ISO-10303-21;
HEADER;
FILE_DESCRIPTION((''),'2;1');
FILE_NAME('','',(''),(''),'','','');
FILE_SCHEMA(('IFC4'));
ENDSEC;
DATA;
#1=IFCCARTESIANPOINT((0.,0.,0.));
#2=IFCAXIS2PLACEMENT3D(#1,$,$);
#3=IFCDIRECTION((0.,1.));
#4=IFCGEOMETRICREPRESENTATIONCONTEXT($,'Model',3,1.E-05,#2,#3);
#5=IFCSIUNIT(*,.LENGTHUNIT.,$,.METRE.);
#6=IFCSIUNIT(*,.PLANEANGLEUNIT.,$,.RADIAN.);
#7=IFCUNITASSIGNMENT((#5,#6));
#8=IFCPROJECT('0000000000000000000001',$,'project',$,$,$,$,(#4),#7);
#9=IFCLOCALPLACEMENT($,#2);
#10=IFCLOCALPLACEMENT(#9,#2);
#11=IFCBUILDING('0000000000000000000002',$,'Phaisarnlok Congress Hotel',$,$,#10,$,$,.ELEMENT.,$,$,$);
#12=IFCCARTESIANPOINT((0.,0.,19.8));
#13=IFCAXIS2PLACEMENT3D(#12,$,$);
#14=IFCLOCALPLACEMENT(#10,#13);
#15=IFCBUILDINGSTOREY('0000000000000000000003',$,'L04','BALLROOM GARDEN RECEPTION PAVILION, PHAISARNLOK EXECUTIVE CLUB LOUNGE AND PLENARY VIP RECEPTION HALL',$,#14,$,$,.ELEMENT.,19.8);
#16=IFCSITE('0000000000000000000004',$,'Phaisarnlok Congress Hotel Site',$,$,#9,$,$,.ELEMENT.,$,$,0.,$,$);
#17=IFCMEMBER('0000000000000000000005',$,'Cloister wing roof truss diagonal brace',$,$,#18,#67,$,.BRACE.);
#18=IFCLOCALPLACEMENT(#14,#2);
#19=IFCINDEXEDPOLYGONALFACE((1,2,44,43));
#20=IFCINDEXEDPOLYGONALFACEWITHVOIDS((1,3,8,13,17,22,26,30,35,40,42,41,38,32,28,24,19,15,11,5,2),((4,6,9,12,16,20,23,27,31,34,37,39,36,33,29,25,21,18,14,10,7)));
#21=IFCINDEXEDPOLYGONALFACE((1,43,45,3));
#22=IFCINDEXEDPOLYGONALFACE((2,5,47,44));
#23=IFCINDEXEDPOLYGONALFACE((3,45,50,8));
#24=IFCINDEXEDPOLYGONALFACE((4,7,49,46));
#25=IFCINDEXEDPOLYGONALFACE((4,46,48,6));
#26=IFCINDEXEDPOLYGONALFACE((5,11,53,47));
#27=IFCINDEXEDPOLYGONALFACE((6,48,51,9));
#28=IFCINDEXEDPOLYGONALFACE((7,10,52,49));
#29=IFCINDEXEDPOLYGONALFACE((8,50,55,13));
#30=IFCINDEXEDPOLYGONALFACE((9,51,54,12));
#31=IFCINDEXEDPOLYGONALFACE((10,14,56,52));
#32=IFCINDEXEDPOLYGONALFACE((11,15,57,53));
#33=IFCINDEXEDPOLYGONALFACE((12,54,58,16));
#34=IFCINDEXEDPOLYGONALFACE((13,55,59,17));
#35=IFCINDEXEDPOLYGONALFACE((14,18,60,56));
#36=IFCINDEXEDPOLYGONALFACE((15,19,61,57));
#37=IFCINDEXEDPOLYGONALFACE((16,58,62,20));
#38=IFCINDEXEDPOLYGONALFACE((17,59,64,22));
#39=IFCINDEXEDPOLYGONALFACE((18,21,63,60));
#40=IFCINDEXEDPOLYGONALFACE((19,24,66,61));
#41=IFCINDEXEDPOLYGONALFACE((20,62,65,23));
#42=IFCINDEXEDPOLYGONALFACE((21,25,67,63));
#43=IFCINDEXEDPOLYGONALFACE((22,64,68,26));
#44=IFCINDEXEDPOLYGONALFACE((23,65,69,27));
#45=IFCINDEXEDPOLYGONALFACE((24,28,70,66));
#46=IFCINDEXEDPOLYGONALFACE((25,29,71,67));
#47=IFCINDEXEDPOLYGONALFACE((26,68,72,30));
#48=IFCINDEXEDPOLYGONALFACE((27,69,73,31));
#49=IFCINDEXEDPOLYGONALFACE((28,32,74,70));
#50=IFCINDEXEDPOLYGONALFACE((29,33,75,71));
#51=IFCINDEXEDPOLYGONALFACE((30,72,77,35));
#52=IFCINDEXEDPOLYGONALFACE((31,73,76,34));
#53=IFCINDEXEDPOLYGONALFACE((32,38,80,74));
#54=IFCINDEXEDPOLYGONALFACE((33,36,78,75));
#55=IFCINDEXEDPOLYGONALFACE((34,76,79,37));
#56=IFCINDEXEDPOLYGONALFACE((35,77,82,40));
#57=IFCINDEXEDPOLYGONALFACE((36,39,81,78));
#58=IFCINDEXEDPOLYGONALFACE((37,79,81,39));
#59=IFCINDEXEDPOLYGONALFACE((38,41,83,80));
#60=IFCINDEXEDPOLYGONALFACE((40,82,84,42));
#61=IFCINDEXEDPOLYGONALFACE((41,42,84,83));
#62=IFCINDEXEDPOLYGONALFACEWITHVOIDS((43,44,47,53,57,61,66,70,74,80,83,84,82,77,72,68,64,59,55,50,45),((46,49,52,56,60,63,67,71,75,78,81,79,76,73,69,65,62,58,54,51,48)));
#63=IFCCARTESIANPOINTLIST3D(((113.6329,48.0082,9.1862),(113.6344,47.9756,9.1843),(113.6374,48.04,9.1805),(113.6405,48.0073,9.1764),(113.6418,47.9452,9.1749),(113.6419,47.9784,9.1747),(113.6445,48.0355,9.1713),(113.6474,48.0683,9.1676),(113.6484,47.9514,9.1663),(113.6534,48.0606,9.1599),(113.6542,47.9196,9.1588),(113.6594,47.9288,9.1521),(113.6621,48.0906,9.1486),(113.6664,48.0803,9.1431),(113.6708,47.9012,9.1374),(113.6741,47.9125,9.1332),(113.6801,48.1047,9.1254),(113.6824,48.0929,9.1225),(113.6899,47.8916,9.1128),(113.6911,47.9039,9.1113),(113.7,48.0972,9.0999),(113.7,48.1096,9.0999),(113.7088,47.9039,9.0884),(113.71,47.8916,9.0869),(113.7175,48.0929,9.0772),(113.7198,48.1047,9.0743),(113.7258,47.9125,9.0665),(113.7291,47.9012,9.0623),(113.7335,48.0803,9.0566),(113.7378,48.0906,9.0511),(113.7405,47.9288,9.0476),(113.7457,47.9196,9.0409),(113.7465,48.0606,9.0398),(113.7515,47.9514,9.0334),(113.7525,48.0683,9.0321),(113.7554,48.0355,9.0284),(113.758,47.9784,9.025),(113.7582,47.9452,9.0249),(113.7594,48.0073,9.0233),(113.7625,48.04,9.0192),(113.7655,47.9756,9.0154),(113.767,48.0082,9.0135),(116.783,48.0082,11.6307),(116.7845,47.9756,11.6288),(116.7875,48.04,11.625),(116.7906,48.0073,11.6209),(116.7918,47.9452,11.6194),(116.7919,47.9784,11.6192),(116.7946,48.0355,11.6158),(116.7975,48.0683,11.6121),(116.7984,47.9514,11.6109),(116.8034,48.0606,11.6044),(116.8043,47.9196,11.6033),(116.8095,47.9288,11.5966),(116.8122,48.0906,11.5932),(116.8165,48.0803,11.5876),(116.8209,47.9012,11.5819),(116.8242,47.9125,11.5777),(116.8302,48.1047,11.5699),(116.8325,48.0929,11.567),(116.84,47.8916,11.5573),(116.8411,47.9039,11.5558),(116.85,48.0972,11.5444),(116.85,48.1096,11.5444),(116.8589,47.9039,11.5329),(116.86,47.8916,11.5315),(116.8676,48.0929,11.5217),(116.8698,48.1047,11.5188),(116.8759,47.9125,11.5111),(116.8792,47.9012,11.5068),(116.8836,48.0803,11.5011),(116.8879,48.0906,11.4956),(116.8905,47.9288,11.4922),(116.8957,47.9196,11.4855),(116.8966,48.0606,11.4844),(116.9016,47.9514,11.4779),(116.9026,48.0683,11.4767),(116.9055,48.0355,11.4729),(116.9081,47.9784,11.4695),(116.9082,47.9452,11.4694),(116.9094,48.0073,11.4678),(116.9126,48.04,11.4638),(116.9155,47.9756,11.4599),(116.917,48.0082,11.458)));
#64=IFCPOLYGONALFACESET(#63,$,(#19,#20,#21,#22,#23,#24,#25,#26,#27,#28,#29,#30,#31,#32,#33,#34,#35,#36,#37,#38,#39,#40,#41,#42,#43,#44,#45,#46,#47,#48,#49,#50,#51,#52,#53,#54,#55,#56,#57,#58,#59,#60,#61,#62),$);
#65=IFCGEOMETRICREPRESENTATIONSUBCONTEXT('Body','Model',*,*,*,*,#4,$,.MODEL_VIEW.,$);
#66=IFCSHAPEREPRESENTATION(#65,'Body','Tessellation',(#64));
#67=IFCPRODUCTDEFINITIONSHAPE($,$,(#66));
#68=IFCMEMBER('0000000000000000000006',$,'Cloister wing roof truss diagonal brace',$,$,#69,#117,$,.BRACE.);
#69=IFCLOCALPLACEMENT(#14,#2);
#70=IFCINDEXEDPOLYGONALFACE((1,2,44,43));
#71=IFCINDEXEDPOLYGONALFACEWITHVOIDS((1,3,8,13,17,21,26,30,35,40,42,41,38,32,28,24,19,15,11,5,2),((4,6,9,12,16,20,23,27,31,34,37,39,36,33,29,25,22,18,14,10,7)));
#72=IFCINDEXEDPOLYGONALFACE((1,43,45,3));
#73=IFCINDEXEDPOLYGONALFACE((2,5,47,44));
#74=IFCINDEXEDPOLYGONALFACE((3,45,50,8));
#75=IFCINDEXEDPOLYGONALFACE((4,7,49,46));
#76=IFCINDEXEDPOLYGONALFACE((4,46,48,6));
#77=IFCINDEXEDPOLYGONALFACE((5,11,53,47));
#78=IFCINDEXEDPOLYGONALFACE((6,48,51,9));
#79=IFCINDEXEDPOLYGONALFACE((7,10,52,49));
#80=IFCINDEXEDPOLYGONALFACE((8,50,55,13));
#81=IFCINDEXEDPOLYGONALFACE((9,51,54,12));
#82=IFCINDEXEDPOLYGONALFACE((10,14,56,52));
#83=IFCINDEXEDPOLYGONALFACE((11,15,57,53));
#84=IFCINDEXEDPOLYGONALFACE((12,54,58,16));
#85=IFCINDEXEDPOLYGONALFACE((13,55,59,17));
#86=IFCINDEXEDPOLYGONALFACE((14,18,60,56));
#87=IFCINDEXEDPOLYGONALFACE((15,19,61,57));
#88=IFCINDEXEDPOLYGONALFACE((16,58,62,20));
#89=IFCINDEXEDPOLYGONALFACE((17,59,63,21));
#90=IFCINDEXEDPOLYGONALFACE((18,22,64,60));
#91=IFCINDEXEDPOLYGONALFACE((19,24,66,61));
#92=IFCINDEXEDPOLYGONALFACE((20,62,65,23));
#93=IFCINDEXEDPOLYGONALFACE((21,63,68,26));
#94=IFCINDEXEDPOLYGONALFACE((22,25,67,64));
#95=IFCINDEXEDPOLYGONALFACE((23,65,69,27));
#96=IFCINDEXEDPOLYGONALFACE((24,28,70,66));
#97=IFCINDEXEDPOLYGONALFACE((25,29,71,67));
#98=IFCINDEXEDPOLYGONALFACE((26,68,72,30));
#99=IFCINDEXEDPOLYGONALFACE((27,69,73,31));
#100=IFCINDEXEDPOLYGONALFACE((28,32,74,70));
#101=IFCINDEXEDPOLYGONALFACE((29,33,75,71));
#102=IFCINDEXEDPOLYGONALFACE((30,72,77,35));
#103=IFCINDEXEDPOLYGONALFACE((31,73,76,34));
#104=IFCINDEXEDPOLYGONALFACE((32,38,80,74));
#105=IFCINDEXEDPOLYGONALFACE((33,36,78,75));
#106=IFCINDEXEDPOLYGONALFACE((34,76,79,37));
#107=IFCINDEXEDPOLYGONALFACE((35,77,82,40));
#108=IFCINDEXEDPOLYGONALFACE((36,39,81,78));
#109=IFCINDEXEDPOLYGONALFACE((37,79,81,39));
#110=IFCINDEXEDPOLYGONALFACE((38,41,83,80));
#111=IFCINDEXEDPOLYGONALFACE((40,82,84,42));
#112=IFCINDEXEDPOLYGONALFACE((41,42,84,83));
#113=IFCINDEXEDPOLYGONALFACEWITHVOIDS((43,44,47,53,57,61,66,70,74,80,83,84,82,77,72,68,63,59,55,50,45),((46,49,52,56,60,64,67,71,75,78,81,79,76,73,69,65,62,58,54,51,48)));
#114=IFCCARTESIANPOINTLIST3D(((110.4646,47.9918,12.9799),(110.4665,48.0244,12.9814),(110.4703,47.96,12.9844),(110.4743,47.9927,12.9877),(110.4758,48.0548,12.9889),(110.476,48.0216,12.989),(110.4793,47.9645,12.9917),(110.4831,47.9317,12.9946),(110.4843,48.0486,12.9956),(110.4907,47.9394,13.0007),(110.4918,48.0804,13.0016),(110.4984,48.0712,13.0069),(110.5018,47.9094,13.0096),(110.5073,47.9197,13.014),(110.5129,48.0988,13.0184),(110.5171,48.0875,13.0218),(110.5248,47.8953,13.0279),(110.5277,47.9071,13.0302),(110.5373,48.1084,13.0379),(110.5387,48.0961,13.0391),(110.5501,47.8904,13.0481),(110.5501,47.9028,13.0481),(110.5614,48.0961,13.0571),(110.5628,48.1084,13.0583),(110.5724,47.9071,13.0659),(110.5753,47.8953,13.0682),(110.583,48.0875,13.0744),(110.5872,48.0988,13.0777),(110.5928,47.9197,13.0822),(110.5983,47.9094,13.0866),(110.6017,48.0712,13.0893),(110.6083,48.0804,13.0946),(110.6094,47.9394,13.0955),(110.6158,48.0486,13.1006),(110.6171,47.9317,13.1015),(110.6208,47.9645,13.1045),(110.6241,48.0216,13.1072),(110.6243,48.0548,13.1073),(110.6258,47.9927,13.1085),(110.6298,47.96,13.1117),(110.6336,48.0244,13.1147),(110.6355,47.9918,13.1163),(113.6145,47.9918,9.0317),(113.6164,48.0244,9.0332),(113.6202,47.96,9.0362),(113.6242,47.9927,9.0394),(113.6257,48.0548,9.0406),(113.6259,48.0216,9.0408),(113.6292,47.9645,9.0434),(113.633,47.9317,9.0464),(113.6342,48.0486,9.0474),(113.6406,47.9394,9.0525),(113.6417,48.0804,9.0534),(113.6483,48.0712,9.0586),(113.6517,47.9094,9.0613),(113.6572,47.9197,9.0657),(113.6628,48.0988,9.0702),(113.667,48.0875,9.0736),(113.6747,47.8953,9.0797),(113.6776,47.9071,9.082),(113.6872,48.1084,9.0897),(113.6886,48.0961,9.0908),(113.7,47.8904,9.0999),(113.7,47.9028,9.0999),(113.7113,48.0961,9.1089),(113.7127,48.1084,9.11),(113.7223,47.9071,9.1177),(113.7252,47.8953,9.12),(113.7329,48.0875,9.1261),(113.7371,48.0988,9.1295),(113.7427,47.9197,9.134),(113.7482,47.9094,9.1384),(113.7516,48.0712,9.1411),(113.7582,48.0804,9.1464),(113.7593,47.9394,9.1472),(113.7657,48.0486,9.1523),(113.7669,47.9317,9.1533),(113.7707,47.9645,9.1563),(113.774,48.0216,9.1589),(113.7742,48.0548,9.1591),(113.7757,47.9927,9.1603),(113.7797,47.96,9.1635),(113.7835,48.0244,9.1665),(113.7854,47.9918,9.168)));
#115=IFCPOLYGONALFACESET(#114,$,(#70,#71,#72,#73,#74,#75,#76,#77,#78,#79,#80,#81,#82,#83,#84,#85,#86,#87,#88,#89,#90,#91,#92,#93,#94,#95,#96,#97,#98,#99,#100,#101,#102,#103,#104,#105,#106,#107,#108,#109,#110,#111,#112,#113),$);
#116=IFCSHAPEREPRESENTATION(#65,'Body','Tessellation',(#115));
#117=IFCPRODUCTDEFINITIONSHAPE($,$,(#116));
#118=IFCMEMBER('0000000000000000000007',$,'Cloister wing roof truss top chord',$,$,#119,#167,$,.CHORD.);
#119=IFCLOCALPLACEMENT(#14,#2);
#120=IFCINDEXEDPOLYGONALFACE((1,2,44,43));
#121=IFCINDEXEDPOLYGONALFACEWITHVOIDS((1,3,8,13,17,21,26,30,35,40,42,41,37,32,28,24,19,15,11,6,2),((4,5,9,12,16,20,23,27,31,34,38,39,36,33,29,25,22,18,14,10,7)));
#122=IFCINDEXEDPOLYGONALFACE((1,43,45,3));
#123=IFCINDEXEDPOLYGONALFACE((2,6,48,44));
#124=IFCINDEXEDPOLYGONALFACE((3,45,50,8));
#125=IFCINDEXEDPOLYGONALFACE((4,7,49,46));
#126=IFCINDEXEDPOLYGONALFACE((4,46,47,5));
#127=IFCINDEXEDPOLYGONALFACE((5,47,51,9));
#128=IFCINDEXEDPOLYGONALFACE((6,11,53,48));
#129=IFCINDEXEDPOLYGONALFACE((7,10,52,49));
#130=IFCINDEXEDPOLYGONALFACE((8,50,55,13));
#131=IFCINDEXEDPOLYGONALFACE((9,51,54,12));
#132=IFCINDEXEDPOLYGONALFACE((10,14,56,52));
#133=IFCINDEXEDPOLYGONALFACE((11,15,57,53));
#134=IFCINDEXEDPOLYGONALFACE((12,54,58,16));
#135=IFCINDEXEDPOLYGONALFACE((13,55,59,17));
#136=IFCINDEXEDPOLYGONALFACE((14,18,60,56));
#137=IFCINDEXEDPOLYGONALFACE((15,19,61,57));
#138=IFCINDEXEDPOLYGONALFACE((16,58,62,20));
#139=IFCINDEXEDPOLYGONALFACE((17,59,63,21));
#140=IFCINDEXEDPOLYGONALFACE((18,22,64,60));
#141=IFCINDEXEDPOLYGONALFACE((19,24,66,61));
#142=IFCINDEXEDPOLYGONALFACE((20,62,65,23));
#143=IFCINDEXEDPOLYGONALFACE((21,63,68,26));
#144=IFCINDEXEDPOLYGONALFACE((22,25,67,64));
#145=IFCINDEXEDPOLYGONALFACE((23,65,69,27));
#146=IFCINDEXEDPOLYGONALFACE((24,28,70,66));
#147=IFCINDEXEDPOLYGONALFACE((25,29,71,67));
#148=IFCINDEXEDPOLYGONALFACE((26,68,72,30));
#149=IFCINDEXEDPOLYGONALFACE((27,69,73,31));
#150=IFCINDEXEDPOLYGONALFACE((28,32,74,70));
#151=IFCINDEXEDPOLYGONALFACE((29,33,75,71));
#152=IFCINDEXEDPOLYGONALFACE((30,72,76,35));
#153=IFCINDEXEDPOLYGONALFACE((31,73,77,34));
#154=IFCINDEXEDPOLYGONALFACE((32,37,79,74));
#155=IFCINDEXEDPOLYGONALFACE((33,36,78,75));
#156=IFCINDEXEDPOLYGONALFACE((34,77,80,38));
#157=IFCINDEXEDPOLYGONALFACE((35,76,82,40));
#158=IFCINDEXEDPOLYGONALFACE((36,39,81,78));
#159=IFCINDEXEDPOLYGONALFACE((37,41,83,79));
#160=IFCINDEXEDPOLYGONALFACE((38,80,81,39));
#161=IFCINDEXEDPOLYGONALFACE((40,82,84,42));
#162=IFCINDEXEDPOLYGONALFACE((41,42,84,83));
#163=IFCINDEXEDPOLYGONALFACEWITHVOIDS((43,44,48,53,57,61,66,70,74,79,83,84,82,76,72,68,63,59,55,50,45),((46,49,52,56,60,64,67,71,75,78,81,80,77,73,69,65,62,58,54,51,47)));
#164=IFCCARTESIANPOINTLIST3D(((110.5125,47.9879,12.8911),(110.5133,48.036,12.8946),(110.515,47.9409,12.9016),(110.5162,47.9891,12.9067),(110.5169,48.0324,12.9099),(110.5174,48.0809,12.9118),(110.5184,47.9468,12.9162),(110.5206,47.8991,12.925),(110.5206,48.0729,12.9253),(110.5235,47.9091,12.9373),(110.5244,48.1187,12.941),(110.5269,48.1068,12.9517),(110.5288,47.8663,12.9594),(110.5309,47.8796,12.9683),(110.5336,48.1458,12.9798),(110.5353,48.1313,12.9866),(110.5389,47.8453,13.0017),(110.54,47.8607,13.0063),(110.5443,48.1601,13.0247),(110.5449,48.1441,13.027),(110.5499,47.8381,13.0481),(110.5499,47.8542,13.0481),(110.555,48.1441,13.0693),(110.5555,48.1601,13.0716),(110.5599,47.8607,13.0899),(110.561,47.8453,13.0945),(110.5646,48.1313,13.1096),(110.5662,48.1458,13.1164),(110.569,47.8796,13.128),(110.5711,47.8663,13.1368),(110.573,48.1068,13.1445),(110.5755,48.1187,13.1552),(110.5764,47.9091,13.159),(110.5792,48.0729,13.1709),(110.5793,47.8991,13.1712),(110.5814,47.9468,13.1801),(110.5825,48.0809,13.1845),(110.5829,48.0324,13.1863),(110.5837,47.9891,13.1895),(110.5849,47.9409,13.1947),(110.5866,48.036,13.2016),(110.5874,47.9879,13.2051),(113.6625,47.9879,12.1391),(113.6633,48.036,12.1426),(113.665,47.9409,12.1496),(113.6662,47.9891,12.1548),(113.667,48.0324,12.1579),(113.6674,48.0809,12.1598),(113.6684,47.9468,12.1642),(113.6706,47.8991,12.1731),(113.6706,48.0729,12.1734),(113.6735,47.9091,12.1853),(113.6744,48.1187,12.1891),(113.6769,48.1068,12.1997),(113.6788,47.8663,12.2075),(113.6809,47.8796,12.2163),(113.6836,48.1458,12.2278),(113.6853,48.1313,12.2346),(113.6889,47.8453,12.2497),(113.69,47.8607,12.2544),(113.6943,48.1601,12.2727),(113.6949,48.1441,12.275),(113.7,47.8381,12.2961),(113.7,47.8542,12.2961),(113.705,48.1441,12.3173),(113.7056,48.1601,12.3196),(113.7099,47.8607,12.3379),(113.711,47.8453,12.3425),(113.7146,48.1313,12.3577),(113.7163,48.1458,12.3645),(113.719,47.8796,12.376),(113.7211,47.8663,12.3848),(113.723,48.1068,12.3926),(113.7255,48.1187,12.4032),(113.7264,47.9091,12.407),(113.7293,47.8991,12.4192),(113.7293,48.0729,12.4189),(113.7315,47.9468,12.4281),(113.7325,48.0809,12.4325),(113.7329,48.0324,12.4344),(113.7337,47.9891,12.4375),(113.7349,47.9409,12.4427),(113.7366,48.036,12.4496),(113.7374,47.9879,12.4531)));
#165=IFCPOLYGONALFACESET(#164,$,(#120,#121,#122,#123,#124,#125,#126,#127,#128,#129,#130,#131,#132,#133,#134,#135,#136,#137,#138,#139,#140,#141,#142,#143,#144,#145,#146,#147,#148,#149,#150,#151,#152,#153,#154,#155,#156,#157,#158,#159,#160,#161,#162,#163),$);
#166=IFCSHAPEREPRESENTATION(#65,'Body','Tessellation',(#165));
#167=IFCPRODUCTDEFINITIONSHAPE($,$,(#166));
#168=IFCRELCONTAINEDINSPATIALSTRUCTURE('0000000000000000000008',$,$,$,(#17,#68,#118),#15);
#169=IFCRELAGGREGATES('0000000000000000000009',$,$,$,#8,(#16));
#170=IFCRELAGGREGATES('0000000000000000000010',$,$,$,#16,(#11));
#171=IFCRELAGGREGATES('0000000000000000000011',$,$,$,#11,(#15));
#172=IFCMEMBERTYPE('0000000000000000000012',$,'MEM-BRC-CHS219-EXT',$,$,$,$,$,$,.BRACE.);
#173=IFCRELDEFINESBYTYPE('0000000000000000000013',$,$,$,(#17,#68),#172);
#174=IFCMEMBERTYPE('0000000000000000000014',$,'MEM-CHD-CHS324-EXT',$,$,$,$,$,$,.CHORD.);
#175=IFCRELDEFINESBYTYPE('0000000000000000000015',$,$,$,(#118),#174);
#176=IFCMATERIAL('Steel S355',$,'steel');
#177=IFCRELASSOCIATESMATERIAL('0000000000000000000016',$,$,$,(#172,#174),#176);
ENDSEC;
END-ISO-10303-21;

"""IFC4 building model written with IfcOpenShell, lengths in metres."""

from ifc_helpers import new_model, si_unit, direction, frame, origin, origin_2d, place, context, subcontext, project, spatial, hollow_circle, extrude, material, material_profile, profile_set, type_object, element, save


model = new_model("IFC4")

# Units and contexts
model_context = context("Model", 3, precision=1e-05, world=origin(), true_north=direction((0.0, 1.0)))
body_context = subcontext(model_context, "Body", "Model", "MODEL_VIEW")
ifc_project = project(units=[si_unit("LENGTHUNIT", "METRE"), si_unit("PLANEANGLEUNIT", "RADIAN")], contexts=[model_context])

# Site, building, storey
site_placement = place(None, origin())
site = spatial("IfcSite", under=ifc_project, at=site_placement, Name="Phaisarnlok Congress Hotel Site", CompositionType="ELEMENT", RefElevation=0.0)
building_placement = place(site_placement, origin())
building = spatial("IfcBuilding", under=site, at=building_placement, Name="Phaisarnlok Congress Hotel", CompositionType="ELEMENT")
storey_placement = place(building_placement, frame((0.0, 0.0, 19.8)))
storey = spatial("IfcBuildingStorey", under=building, at=storey_placement, Name="L04", Description="BALLROOM GARDEN RECEPTION PAVILION, PHAISARNLOK EXECUTIVE CLUB LOUNGE AND PLENARY VIP RECEPTION HALL", CompositionType="ELEMENT", Elevation=19.8)

# Members
ifc_material_1 = material(Name="Steel S355", Category="steel")
ifc_material_profile_1 = material_profile(ifc_material_1, hollow_circle(Radius=0.1096, WallThickness=0.0125, at=origin_2d()), Name="CHS 219.1x12.5")
ifc_profile_set_1 = profile_set([ifc_material_profile_1], Name="Steel S355")
member_type_1 = type_object("IfcMemberType", Name="MEM-BRC-CHS219-EXT", PredefinedType="BRACE", material=ifc_profile_set_1)
member_1_placement = place(storey_placement, frame((113.7, 48.0, 9.0999), z_axis=(0.790024, 0.0, 0.613076), x_axis=(0.0, 1.0, 0.0)))
element("IfcMember", 1, at=member_1_placement, inside=storey, type_object=member_type_1, Name="Cloister wing roof truss diagonal brace", PredefinedType="BRACE", context=body_context, shape_type="SweptSolid", body=[
    extrude(hollow_circle(Radius=0.1096, WallThickness=0.0125, at=origin_2d()), origin(), (0.0, 0.0, 1.0), 3.9873),
])
member_2_placement = place(storey_placement, frame((113.7, 48.0, 9.0999), z_axis=(-0.623645, 0.0, 0.781708), x_axis=(0.0, -1.0, 0.0)))
element("IfcMember", 2, at=member_2_placement, inside=storey, type_object=member_type_1, Name="Cloister wing roof truss diagonal brace", PredefinedType="BRACE", context=body_context, shape_type="SweptSolid", body=[
    extrude(hollow_circle(Radius=0.1096, WallThickness=0.0125, at=origin_2d()), origin(), (0.0, 0.0, 1.0), 5.0508),
])
ifc_material_profile_2 = material_profile(ifc_material_1, hollow_circle(Radius=0.1619, WallThickness=0.0161, at=origin_2d()), Name="CHS 323.9x16")
ifc_profile_set_2 = profile_set([ifc_material_profile_2], Name="Steel S355")
member_type_2 = type_object("IfcMemberType", Name="MEM-CHD-CHS324-EXT", PredefinedType="CHORD", material=ifc_profile_set_2)
member_3_placement = place(storey_placement, frame((113.7, 48.0, 12.2961), z_axis=(-0.972669, 0.0, 0.232198), x_axis=(0.0, -1.0, 0.0)))
element("IfcMember", 3, at=member_3_placement, inside=storey, type_object=member_type_2, Name="Cloister wing roof truss top chord", PredefinedType="CHORD", context=body_context, shape_type="SweptSolid", body=[
    extrude(hollow_circle(Radius=0.1619, WallThickness=0.0161, at=origin_2d()), origin(), (0.0, 0.0, 1.0), 3.2385),
])

save(model, "model.ifc")
